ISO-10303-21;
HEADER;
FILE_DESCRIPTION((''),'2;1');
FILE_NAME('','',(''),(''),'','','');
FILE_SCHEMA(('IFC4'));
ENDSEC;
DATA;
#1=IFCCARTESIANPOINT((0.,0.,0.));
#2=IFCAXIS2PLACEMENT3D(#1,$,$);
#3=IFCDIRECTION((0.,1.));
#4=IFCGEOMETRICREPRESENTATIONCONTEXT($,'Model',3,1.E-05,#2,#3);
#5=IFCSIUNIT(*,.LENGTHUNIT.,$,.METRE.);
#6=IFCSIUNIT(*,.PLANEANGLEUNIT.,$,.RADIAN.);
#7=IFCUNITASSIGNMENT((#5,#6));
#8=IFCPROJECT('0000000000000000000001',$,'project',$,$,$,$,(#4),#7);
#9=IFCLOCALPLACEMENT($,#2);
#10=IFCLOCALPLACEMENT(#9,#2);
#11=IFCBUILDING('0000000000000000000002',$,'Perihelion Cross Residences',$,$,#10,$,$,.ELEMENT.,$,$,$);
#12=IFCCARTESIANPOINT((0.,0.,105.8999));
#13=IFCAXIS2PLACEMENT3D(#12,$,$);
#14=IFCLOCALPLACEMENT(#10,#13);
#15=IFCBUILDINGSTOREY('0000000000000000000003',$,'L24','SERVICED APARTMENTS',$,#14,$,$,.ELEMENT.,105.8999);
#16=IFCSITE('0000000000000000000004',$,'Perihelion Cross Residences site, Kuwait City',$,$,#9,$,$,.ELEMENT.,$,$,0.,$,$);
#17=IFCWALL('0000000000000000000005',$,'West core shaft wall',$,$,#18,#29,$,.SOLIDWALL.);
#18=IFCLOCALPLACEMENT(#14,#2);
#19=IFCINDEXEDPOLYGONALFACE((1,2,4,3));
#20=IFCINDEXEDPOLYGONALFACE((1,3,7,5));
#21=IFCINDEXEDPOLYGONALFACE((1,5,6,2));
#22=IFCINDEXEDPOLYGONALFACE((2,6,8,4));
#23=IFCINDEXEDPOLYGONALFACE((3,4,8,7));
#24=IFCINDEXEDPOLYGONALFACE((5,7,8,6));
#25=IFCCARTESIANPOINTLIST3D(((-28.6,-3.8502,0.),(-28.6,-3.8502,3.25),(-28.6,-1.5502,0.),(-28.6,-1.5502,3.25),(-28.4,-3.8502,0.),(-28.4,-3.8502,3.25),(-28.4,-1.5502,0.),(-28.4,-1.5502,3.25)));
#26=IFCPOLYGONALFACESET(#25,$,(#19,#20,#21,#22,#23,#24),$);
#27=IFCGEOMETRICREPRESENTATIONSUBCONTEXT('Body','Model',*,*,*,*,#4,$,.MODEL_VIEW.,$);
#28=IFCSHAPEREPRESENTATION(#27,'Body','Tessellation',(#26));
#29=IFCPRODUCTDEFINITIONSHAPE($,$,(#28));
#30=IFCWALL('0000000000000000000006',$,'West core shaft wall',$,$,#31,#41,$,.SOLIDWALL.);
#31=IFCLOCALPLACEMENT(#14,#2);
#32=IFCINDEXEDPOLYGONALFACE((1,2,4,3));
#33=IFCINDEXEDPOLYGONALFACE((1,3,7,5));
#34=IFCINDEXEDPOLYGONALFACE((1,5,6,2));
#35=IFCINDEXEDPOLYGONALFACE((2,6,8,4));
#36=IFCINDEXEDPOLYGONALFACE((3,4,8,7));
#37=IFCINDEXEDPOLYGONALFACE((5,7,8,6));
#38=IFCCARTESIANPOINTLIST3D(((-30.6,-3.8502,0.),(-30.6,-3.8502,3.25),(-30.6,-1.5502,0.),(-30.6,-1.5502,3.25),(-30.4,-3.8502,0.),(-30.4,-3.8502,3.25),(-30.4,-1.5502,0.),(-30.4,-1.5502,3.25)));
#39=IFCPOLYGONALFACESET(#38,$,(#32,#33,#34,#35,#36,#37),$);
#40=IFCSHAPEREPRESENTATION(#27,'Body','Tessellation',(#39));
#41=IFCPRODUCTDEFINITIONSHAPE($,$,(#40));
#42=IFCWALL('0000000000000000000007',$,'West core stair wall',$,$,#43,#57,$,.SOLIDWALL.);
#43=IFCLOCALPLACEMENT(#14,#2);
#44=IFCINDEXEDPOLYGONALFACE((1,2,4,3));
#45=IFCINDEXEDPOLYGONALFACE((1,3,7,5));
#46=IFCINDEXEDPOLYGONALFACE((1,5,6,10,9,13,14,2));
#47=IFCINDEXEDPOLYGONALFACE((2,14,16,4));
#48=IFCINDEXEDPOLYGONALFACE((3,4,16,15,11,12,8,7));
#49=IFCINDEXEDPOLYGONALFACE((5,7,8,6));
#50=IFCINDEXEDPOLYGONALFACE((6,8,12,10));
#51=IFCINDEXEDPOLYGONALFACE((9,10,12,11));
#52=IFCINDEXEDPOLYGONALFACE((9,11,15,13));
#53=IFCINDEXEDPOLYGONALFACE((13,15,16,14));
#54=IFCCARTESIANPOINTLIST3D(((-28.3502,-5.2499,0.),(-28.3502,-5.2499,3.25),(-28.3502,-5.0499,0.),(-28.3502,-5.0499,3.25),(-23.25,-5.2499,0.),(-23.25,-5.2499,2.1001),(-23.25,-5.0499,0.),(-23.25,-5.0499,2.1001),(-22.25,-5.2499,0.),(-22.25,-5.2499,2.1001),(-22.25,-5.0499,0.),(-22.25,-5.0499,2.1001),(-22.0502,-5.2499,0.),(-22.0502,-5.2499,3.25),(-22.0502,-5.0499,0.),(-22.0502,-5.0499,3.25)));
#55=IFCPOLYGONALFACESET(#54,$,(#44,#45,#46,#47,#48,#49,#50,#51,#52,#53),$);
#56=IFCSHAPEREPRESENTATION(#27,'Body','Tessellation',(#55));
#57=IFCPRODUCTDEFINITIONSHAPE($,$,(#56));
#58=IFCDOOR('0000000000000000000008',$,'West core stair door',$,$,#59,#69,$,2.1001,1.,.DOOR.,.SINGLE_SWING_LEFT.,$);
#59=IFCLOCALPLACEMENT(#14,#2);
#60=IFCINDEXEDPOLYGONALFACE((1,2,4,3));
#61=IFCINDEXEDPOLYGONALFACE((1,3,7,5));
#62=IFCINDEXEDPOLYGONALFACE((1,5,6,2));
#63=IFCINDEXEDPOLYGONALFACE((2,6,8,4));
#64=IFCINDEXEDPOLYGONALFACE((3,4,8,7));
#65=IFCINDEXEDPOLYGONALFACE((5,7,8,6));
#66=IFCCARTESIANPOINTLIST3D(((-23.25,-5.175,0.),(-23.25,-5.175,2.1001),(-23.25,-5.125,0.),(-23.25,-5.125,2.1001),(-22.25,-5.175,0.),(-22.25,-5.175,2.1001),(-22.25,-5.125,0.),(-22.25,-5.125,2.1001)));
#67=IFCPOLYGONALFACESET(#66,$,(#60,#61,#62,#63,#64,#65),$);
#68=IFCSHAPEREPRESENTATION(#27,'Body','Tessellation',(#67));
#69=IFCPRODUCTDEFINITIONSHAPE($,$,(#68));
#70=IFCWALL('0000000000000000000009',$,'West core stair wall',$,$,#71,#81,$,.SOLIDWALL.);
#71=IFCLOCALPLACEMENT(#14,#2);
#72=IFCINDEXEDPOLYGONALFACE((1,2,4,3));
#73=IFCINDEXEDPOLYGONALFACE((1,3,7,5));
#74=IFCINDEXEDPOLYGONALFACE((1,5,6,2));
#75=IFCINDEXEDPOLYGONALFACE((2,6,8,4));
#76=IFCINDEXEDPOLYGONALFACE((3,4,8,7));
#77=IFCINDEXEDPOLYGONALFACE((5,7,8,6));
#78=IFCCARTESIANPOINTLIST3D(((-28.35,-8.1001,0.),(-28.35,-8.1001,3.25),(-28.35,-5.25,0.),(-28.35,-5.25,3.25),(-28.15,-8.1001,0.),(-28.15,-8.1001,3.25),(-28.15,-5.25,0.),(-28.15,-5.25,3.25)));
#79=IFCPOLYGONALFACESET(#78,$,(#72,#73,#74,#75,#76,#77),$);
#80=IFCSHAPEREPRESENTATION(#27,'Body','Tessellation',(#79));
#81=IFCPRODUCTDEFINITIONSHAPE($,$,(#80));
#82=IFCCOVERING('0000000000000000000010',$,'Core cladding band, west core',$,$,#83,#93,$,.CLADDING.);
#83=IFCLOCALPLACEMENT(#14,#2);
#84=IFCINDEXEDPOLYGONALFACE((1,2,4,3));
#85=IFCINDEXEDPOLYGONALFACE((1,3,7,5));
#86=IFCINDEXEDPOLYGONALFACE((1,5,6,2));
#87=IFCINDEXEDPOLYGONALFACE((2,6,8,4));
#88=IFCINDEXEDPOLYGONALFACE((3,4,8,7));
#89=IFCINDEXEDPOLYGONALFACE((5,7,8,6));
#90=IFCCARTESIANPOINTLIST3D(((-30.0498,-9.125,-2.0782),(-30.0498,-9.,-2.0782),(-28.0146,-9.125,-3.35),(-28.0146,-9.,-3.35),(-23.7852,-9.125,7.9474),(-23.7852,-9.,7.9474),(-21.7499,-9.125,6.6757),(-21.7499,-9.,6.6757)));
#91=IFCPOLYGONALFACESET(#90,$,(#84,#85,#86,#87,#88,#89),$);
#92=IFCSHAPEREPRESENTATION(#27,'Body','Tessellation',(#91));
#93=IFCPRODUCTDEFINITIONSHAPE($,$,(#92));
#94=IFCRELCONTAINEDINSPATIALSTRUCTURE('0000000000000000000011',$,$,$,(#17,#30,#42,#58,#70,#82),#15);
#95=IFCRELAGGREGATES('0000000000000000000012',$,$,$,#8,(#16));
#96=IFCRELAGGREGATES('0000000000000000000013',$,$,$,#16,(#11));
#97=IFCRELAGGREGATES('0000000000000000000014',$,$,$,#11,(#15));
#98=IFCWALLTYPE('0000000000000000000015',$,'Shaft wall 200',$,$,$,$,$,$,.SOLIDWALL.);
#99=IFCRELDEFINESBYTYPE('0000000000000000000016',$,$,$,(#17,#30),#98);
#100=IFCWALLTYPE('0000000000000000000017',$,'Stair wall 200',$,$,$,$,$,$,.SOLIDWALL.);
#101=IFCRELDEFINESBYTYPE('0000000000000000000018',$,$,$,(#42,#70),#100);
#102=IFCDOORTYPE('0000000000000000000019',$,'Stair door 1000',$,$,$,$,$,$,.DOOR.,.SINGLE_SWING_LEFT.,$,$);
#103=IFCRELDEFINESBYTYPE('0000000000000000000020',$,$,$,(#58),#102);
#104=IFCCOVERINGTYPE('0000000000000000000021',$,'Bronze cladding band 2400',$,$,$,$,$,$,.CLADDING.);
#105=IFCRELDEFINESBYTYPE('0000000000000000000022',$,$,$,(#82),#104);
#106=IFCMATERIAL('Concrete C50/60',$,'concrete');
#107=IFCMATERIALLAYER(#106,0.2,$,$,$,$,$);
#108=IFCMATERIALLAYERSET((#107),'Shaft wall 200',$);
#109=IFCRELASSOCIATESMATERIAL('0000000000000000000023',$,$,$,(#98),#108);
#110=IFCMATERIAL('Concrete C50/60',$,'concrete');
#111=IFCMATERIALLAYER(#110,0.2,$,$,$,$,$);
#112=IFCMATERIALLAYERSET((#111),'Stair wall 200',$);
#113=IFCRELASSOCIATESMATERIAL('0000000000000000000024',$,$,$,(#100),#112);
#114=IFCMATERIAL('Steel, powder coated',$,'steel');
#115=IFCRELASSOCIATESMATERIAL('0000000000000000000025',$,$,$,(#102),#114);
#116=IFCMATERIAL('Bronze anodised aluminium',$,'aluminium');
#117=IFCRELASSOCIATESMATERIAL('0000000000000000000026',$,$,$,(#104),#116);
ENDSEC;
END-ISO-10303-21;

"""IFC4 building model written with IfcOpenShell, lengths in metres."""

from ifc_helpers import new_model, si_unit, direction, frame, frame_2d, origin, origin_2d, place, context, subcontext, project, spatial, rectangle, extrude, material, layer, layer_set, material_profile, profile_set, type_object, element, fill, save


model = new_model("IFC4")

# Units and contexts
model_context = context("Model", 3, precision=1e-05, world=origin(), true_north=direction((0.0, 1.0)))
body_context = subcontext(model_context, "Body", "Model", "MODEL_VIEW")
ifc_project = project(units=[si_unit("LENGTHUNIT", "METRE"), si_unit("PLANEANGLEUNIT", "RADIAN")], contexts=[model_context])

# Site, building, storey
site_placement = place(None, origin())
site = spatial("IfcSite", under=ifc_project, at=site_placement, Name="Perihelion Cross Residences site, Kuwait City", CompositionType="ELEMENT", RefElevation=0.0)
building_placement = place(site_placement, origin())
building = spatial("IfcBuilding", under=site, at=building_placement, Name="Perihelion Cross Residences", CompositionType="ELEMENT")
storey_placement = place(building_placement, frame((0.0, 0.0, 105.8999)))
storey = spatial("IfcBuildingStorey", under=building, at=storey_placement, Name="L24", Description="SERVICED APARTMENTS", CompositionType="ELEMENT", Elevation=105.8999)

# Shared definitions
ifc_material_1 = material(Name="Concrete C50/60", Category="concrete")
ifc_layer_1 = layer(ifc_material_1, 0.2)
ifc_layer_set_1 = layer_set([ifc_layer_1], Name="Shaft wall 200")
wall_type_1 = type_object("IfcWallType", Name="Shaft wall 200", PredefinedType="SOLIDWALL", material=ifc_layer_set_1)

# Walls
for number, where, z_axis, x_axis, name in (
    (1, (-28.5, -3.8501, 0.0), (0.0, 0.0, 1.0), (0.0, 1.0, 0.0), "West core shaft wall"),
    (2, (-30.5, -3.8501, 0.0), (0.0, 0.0, 1.0), (0.0, 1.0, 0.0), "West core shaft wall"),
):
    element("IfcWall", number, at=place(storey_placement, frame(where, z_axis=z_axis, x_axis=x_axis)), inside=storey, type_object=wall_type_1, Name=name, PredefinedType="SOLIDWALL", context=body_context, shape_type="SweptSolid", body=[
        extrude(rectangle(XDim=2.3, YDim=0.2, at=frame_2d((1.1499, 0.0))), origin(), (0.0, 0.0, 1.0), 3.25),
    ])

# Wall, opening, door
ifc_material_2 = material(Name="Concrete C50/60", Category="concrete")
ifc_layer_2 = layer(ifc_material_2, 0.2)
ifc_layer_set_2 = layer_set([ifc_layer_2], Name="Stair wall 200")
wall_type_2 = type_object("IfcWallType", Name="Stair wall 200", PredefinedType="SOLIDWALL", material=ifc_layer_set_2)
wall_1_placement = place(storey_placement, frame((-28.3501, -5.1499, 0.0), z_axis=(0.0, 0.0, 1.0), x_axis=(1.0, 0.0, 0.0)))
wall_1 = element("IfcWall", 3, at=wall_1_placement, inside=storey, type_object=wall_type_2, Name="West core stair wall", PredefinedType="SOLIDWALL", context=body_context, shape_type="SweptSolid", body=[
    extrude(rectangle(XDim=6.3, YDim=0.2, at=frame_2d((3.1499, 0.0))), origin(), (0.0, 0.0, 1.0), 3.25),
])
opening_1_placement = place(wall_1_placement, frame((5.1001, 0.0, 0.0)))
opening_1 = element("IfcOpeningElement", 4, at=opening_1_placement, cuts=wall_1, PredefinedType="OPENING", context=body_context, shape_type="SweptSolid", body=[
    extrude(rectangle(XDim=1.0, YDim=2.1001, at=frame_2d((0.5, 1.05))), frame((0.0, 0.1099, 0.0), z_axis=(0.0, -1.0, 0.0), x_axis=(1.0, 0.0, 0.0)), (0.0, 0.0, 1.0), 0.22),
])
ifc_material_3 = material(Name="Steel, powder coated", Category="steel")
door_type_1 = type_object("IfcDoorType", Name="Stair door 1000", OperationType="SINGLE_SWING_LEFT", PredefinedType="DOOR", material=ifc_material_3)
door_1_placement = place(opening_1_placement, origin())
door_1 = element("IfcDoor", 5, at=door_1_placement, inside=storey, type_object=door_type_1, Name="West core stair door", OperationType="SINGLE_SWING_LEFT", OverallHeight=2.1001, OverallWidth=1.0, PredefinedType="DOOR", context=body_context, shape_type="SweptSolid", body=[
    extrude(rectangle(XDim=1.0, YDim=2.1001, at=frame_2d((0.5, 1.05))), frame((0.0, 0.0249, 0.0), z_axis=(0.0, -1.0, 0.0), x_axis=(1.0, 0.0, 0.0)), (0.0, 0.0, 1.0), 0.05),
])
fill(opening_1, door_1)

# Wall
wall_2_placement = place(storey_placement, frame((-28.25, -8.1001, 0.0), z_axis=(0.0, 0.0, 1.0), x_axis=(0.0, 1.0, 0.0)))
element("IfcWall", 6, at=wall_2_placement, inside=storey, type_object=wall_type_2, Name="West core stair wall", PredefinedType="SOLIDWALL", context=body_context, shape_type="SweptSolid", body=[
    extrude(rectangle(XDim=2.8501, YDim=0.2, at=frame_2d((1.425, 0.0))), origin(), (0.0, 0.0, 1.0), 3.25),
])

# Covering
ifc_material_4 = material(Name="Bronze anodised aluminium", Category="aluminium")
ifc_material_profile = material_profile(ifc_material_4, rectangle(XDim=0.125, YDim=2.3999, at=origin_2d()), Name="Bronze cladding band 2400")
ifc_profile_set = profile_set([ifc_material_profile], Name="Bronze anodised aluminium")
covering_type = type_object("IfcCoveringType", Name="Bronze cladding band 2400", PredefinedType="CLADDING", material=ifc_profile_set)
covering_placement = place(storey_placement, frame((-29.0322, -9.0625, -2.7141), z_axis=(0.529915, 0.0, 0.848051), x_axis=(0.0, 1.0, 0.0)))
element("IfcCovering", 7, at=covering_placement, inside=storey, type_object=covering_type, Name="Core cladding band, west core", PredefinedType="CLADDING", context=body_context, shape_type="SweptSolid", body=[
    extrude(rectangle(XDim=0.125, YDim=2.3999, at=origin_2d()), origin(), (0.0, 0.0, 1.0), 11.822),
])

save(model, "model.ifc")
